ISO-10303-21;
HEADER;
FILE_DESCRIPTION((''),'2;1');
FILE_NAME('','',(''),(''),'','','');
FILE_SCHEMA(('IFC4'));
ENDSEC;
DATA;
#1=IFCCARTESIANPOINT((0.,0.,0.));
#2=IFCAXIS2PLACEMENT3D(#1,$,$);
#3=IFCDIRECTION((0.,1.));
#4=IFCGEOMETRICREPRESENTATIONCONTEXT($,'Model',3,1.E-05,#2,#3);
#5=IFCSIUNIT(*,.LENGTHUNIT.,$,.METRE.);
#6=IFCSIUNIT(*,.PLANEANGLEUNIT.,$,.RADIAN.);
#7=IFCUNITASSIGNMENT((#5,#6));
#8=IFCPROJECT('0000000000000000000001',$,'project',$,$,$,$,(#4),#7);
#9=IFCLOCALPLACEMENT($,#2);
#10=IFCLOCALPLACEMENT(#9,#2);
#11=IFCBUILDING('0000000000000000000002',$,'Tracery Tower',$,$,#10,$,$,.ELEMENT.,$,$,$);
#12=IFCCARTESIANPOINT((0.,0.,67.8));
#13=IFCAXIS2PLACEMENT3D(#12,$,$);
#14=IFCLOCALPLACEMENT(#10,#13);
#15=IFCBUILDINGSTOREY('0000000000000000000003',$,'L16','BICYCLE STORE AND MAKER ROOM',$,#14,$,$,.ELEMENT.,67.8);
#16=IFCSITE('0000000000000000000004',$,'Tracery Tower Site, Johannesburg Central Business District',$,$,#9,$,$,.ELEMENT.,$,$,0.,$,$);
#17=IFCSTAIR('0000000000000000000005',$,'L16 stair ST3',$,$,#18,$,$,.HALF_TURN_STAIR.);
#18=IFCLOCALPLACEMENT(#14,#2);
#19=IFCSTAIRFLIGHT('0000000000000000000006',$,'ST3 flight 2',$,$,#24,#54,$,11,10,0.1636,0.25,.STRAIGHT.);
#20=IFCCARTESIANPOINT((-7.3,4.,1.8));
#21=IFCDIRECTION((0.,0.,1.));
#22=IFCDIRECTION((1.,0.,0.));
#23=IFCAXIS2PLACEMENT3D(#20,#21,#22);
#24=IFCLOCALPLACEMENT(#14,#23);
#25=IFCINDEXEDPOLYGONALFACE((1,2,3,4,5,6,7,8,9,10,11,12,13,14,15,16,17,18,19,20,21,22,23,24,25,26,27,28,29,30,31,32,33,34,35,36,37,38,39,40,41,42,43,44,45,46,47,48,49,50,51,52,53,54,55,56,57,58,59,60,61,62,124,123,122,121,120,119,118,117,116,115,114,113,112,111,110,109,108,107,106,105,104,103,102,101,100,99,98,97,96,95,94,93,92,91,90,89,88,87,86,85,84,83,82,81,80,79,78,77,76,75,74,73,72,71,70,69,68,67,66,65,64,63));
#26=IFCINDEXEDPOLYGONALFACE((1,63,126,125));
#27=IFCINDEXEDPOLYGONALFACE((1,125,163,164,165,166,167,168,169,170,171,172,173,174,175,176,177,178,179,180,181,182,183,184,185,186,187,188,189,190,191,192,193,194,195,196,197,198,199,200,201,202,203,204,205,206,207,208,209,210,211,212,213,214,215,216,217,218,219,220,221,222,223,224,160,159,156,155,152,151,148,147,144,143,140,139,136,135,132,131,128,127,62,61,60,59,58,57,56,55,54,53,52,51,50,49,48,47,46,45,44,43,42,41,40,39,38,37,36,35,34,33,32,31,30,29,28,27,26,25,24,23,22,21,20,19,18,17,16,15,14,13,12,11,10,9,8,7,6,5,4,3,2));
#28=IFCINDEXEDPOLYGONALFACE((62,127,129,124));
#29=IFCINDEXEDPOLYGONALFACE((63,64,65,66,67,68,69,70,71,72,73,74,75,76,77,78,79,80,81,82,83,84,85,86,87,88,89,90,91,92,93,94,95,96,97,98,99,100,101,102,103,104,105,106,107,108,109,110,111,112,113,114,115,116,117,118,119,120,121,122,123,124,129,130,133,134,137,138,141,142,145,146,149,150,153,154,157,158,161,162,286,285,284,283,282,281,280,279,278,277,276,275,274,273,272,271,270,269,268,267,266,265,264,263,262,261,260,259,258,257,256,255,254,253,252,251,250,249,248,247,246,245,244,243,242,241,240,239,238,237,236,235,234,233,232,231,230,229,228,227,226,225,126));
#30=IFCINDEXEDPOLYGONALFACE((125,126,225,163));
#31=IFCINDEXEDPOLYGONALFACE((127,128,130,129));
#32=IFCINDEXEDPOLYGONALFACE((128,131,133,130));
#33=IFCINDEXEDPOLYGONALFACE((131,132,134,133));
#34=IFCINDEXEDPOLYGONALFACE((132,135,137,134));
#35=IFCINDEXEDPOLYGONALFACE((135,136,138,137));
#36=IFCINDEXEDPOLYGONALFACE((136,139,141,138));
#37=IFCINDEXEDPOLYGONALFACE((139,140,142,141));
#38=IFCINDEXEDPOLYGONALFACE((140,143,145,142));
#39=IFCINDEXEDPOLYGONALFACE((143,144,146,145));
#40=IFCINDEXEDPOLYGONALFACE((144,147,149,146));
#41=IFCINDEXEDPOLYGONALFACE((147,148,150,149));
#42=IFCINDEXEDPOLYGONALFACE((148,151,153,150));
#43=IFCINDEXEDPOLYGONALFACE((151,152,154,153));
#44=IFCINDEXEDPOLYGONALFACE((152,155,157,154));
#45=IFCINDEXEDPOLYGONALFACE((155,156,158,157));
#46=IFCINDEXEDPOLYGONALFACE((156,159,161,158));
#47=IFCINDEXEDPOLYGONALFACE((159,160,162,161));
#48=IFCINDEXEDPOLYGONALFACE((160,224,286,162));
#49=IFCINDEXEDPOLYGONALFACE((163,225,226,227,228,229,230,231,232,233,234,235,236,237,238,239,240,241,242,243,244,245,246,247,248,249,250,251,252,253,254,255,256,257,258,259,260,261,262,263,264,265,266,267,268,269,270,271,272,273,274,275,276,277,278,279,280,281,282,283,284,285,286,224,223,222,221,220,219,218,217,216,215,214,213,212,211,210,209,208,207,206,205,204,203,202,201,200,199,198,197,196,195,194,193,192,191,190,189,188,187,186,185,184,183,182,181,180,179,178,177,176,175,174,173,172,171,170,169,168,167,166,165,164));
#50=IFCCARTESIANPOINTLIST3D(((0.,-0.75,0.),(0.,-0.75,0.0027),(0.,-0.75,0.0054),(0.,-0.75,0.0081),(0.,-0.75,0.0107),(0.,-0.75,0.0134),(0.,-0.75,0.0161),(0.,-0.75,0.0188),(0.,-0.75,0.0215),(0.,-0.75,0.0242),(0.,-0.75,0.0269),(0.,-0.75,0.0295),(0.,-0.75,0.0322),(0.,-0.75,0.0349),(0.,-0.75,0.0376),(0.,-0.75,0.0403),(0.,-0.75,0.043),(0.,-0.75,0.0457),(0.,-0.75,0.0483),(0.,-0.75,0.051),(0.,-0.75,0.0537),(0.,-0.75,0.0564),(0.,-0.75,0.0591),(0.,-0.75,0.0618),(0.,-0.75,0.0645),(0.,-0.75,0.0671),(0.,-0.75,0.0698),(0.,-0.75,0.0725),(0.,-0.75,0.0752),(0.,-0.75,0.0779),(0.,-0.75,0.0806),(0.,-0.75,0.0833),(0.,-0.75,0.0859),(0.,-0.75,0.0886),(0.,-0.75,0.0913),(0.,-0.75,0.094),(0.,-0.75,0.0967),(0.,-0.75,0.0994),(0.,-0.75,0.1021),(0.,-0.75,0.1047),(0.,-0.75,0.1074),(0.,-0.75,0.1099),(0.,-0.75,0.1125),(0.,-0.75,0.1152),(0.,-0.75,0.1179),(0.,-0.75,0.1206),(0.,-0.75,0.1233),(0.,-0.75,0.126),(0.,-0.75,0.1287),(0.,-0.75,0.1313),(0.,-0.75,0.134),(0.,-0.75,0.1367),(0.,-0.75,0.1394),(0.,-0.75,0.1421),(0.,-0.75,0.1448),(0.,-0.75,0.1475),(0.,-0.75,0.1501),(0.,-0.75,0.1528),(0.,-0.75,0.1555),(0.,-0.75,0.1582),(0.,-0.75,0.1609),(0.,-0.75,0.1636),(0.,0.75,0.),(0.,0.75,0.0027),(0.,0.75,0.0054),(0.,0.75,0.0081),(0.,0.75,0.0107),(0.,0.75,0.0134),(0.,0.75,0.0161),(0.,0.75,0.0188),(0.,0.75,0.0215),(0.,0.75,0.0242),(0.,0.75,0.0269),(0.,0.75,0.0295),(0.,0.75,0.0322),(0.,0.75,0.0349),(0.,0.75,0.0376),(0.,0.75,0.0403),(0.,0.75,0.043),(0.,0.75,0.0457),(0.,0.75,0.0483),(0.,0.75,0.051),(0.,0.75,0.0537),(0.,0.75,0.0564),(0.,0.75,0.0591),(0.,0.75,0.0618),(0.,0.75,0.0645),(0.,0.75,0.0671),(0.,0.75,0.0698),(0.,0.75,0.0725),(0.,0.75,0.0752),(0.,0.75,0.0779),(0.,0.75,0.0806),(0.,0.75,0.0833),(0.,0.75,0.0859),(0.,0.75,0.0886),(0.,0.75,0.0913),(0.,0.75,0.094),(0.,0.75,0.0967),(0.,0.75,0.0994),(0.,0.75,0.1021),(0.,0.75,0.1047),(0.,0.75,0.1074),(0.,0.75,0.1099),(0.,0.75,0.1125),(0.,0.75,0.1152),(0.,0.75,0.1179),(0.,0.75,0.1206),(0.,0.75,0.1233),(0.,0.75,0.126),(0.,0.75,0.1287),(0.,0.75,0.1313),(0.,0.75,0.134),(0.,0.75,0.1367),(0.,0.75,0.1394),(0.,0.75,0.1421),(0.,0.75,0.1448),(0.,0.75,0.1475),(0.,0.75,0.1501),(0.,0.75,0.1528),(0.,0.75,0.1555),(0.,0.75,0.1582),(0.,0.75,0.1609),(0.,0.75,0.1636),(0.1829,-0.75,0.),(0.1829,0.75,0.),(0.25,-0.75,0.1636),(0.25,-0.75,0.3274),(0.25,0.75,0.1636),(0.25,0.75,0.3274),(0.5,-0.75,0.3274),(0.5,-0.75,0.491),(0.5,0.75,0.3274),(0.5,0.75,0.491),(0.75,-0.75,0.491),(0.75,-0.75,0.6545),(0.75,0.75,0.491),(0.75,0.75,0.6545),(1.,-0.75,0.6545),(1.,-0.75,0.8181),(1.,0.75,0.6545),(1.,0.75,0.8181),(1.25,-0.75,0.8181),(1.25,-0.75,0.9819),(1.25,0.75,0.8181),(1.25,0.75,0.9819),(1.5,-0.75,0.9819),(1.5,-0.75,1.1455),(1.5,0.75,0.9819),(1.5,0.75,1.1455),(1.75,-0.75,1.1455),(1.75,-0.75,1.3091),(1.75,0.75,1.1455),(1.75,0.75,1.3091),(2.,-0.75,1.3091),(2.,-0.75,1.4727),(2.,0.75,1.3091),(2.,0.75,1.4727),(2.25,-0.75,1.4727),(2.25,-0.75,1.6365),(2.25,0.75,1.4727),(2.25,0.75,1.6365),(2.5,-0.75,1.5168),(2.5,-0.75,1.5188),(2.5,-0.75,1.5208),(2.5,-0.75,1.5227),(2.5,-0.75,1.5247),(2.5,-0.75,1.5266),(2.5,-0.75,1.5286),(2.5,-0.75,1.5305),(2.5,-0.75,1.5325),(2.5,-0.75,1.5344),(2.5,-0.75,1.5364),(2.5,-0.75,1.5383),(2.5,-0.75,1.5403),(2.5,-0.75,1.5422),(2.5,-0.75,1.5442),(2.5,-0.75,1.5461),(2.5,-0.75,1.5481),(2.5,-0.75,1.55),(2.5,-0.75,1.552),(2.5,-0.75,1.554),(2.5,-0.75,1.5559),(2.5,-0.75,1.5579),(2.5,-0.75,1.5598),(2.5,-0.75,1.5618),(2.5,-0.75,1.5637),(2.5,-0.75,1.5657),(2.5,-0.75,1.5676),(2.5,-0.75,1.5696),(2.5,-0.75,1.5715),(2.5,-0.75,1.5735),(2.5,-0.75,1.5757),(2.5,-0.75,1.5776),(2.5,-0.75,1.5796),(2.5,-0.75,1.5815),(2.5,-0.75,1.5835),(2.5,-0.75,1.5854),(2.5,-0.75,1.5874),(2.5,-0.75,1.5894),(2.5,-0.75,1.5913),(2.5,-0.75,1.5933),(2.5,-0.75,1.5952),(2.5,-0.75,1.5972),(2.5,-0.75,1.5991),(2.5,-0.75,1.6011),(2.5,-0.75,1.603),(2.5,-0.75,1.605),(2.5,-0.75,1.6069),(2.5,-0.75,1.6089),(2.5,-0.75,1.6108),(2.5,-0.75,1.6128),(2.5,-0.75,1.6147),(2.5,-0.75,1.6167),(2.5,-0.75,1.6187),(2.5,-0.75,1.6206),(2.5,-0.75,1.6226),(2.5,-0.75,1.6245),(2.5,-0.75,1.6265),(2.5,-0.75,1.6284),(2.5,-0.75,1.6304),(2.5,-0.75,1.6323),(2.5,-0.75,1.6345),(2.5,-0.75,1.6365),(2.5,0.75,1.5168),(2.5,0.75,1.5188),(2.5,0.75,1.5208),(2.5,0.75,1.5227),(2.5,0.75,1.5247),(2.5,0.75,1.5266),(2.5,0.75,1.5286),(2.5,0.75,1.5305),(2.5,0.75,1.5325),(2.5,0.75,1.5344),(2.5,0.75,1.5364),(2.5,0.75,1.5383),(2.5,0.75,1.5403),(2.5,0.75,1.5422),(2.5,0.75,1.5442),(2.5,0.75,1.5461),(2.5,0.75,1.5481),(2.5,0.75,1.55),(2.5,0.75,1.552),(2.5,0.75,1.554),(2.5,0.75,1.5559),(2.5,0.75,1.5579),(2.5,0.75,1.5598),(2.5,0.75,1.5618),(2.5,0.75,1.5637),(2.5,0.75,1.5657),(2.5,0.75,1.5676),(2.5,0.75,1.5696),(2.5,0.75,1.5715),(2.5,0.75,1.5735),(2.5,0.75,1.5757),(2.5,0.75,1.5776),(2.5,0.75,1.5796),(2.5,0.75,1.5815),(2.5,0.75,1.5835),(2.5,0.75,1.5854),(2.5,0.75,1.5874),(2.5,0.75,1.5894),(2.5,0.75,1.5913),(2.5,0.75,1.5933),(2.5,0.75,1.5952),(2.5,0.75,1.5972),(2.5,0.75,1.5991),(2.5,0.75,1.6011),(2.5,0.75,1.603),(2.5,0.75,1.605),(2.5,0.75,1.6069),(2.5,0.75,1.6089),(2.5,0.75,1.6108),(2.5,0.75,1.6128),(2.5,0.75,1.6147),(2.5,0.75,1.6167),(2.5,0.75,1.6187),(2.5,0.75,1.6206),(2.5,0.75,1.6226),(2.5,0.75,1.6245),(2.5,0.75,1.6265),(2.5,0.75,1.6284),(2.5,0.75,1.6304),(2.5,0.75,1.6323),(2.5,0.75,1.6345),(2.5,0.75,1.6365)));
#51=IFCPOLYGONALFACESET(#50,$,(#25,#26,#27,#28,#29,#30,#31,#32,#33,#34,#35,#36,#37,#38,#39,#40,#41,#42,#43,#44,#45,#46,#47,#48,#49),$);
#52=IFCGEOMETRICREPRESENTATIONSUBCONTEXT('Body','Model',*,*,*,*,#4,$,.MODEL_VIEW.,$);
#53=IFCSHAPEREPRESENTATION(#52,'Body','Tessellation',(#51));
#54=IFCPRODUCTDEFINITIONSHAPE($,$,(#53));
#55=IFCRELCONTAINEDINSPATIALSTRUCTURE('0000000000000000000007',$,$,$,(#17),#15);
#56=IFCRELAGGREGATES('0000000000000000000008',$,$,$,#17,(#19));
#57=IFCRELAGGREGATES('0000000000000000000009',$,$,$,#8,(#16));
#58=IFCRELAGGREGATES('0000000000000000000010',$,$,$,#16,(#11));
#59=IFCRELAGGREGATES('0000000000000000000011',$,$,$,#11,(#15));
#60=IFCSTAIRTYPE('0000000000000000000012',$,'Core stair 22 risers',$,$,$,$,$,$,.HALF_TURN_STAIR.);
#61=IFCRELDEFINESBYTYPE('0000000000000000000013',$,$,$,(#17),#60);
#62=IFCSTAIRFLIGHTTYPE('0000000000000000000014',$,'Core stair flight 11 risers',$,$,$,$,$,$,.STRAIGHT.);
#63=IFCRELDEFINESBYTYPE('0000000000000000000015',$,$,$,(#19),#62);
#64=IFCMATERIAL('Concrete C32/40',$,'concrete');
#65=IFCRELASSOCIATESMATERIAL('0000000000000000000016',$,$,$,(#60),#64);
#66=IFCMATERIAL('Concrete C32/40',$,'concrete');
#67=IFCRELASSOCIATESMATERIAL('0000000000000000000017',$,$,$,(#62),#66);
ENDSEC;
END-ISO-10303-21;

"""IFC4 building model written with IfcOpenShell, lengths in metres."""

from ifc_helpers import new_model, si_unit, direction, frame, origin, place, context, subcontext, project, spatial, polyline, outline, extrude, material, type_object, element, aggregate, save


model = new_model("IFC4")

# Units and contexts
model_context = context("Model", 3, precision=1e-05, world=origin(), true_north=direction((0.0, 1.0)))
body_context = subcontext(model_context, "Body", "Model", "MODEL_VIEW")
ifc_project = project(units=[si_unit("LENGTHUNIT", "METRE"), si_unit("PLANEANGLEUNIT", "RADIAN")], contexts=[model_context])

# Site, building, storey
site_placement = place(None, origin())
site = spatial("IfcSite", under=ifc_project, at=site_placement, Name="Tracery Tower Site, Johannesburg Central Business District", CompositionType="ELEMENT", RefElevation=0.0)
building_placement = place(site_placement, origin())
building = spatial("IfcBuilding", under=site, at=building_placement, Name="Tracery Tower", CompositionType="ELEMENT")
storey_placement = place(building_placement, frame((0.0, 0.0, 67.8)))
storey = spatial("IfcBuildingStorey", under=building, at=storey_placement, Name="L16", Description="BICYCLE STORE AND MAKER ROOM", CompositionType="ELEMENT", Elevation=67.8)

# Stair, stair flight
ifc_material_1 = material(Name="Concrete C32/40", Category="concrete")
stair_type = type_object("IfcStairType", Name="Core stair 22 risers", PredefinedType="HALF_TURN_STAIR", material=ifc_material_1)
stair_placement = place(storey_placement, origin())
stair = element("IfcStair", 1, at=stair_placement, inside=storey, type_object=stair_type, Name="L16 stair ST3", PredefinedType="HALF_TURN_STAIR")
ifc_material_2 = material(Name="Concrete C32/40", Category="concrete")
stair_flight_type = type_object("IfcStairFlightType", Name="Core stair flight 11 risers", PredefinedType="STRAIGHT", material=ifc_material_2)
stair_flight_1_placement = place(storey_placement, frame((-7.3, 4.0, 1.8), z_axis=(0.0, 0.0, 1.0), x_axis=(1.0, 0.0, 0.0)))
stair_flight_1 = element("IfcStairFlight", 2, at=stair_flight_1_placement, type_object=stair_flight_type, Name="ST3 flight 2", NumberOfRisers=11, NumberOfTreads=10, PredefinedType="STRAIGHT", RiserHeight=0.1636, TreadLength=0.25, context=body_context, shape_type="SweptSolid", body=[
    extrude(outline(polyline([(0.0, 0.0), (0.0, 0.0027), (0.0, 0.0054), (0.0, 0.0081), (0.0, 0.0107), (0.0, 0.0134), (0.0, 0.0161), (0.0, 0.0188), (0.0, 0.0215), (0.0, 0.0242), (0.0, 0.0269), (0.0, 0.0295), (0.0, 0.0322), (0.0, 0.0349), (0.0, 0.0376), (0.0, 0.0403), (0.0, 0.043), (0.0, 0.0457), (0.0, 0.0483), (0.0, 0.051), (0.0, 0.0537), (0.0, 0.0564), (0.0, 0.0591), (0.0, 0.0618), (0.0, 0.0645), (0.0, 0.0671), (0.0, 0.0698), (0.0, 0.0725), (0.0, 0.0752), (0.0, 0.0779), (0.0, 0.0806), (0.0, 0.0833), (0.0, 0.0859), (0.0, 0.0886), (0.0, 0.0913), (0.0, 0.094), (0.0, 0.0967), (0.0, 0.0994), (0.0, 0.1021), (0.0, 0.1047), (0.0, 0.1074), (0.0, 0.1099), (0.0, 0.1125), (0.0, 0.1152), (0.0, 0.1179), (0.0, 0.1206), (0.0, 0.1233), (0.0, 0.126), (0.0, 0.1287), (0.0, 0.1313), (0.0, 0.134), (0.0, 0.1367), (0.0, 0.1394), (0.0, 0.1421), (0.0, 0.1448), (0.0, 0.1475), (0.0, 0.1501), (0.0, 0.1528), (0.0, 0.1555), (0.0, 0.1582), (0.0, 0.1609), (0.0, 0.1636), (0.25, 0.1636), (0.25, 0.3274), (0.5, 0.3274), (0.5, 0.491), (0.75, 0.491), (0.75, 0.6545), (1.0, 0.6545), (1.0, 0.8181), (1.25, 0.8181), (1.25, 0.9819), (1.5, 0.9819), (1.5, 1.1455), (1.75, 1.1455), (1.75, 1.3091), (2.0, 1.3091), (2.0, 1.4727), (2.25, 1.4727), (2.25, 1.6365), (2.5, 1.6365), (2.5, 1.6345), (2.5, 1.6323), (2.5, 1.6304), (2.5, 1.6284), (2.5, 1.6265), (2.5, 1.6245), (2.5, 1.6226), (2.5, 1.6206), (2.5, 1.6187), (2.5, 1.6167), (2.5, 1.6147), (2.5, 1.6128), (2.5, 1.6108), (2.5, 1.6089), (2.5, 1.6069), (2.5, 1.605), (2.5, 1.603), (2.5, 1.6011), (2.5, 1.5991), (2.5, 1.5972), (2.5, 1.5952), (2.5, 1.5933), (2.5, 1.5913), (2.5, 1.5894), (2.5, 1.5874), (2.5, 1.5854), (2.5, 1.5835), (2.5, 1.5815), (2.5, 1.5796), (2.5, 1.5776), (2.5, 1.5757), (2.5, 1.5735), (2.5, 1.5715), (2.5, 1.5696), (2.5, 1.5676), (2.5, 1.5657), (2.5, 1.5637), (2.5, 1.5618), (2.5, 1.5598), (2.5, 1.5579), (2.5, 1.5559), (2.5, 1.554), (2.5, 1.552), (2.5, 1.55), (2.5, 1.5481), (2.5, 1.5461), (2.5, 1.5442), (2.5, 1.5422), (2.5, 1.5403), (2.5, 1.5383), (2.5, 1.5364), (2.5, 1.5344), (2.5, 1.5325), (2.5, 1.5305), (2.5, 1.5286), (2.5, 1.5266), (2.5, 1.5247), (2.5, 1.5227), (2.5, 1.5208), (2.5, 1.5188), (2.5, 1.5168), (0.1829, 0.0), (0.0, 0.0)])), frame((0.0, 0.75, 0.0), z_axis=(0.0, -1.0, 0.0), x_axis=(1.0, 0.0, 0.0)), (0.0, 0.0, 1.0), 1.5),
])
aggregate(stair, [stair_flight_1])

save(model, "model.ifc")
